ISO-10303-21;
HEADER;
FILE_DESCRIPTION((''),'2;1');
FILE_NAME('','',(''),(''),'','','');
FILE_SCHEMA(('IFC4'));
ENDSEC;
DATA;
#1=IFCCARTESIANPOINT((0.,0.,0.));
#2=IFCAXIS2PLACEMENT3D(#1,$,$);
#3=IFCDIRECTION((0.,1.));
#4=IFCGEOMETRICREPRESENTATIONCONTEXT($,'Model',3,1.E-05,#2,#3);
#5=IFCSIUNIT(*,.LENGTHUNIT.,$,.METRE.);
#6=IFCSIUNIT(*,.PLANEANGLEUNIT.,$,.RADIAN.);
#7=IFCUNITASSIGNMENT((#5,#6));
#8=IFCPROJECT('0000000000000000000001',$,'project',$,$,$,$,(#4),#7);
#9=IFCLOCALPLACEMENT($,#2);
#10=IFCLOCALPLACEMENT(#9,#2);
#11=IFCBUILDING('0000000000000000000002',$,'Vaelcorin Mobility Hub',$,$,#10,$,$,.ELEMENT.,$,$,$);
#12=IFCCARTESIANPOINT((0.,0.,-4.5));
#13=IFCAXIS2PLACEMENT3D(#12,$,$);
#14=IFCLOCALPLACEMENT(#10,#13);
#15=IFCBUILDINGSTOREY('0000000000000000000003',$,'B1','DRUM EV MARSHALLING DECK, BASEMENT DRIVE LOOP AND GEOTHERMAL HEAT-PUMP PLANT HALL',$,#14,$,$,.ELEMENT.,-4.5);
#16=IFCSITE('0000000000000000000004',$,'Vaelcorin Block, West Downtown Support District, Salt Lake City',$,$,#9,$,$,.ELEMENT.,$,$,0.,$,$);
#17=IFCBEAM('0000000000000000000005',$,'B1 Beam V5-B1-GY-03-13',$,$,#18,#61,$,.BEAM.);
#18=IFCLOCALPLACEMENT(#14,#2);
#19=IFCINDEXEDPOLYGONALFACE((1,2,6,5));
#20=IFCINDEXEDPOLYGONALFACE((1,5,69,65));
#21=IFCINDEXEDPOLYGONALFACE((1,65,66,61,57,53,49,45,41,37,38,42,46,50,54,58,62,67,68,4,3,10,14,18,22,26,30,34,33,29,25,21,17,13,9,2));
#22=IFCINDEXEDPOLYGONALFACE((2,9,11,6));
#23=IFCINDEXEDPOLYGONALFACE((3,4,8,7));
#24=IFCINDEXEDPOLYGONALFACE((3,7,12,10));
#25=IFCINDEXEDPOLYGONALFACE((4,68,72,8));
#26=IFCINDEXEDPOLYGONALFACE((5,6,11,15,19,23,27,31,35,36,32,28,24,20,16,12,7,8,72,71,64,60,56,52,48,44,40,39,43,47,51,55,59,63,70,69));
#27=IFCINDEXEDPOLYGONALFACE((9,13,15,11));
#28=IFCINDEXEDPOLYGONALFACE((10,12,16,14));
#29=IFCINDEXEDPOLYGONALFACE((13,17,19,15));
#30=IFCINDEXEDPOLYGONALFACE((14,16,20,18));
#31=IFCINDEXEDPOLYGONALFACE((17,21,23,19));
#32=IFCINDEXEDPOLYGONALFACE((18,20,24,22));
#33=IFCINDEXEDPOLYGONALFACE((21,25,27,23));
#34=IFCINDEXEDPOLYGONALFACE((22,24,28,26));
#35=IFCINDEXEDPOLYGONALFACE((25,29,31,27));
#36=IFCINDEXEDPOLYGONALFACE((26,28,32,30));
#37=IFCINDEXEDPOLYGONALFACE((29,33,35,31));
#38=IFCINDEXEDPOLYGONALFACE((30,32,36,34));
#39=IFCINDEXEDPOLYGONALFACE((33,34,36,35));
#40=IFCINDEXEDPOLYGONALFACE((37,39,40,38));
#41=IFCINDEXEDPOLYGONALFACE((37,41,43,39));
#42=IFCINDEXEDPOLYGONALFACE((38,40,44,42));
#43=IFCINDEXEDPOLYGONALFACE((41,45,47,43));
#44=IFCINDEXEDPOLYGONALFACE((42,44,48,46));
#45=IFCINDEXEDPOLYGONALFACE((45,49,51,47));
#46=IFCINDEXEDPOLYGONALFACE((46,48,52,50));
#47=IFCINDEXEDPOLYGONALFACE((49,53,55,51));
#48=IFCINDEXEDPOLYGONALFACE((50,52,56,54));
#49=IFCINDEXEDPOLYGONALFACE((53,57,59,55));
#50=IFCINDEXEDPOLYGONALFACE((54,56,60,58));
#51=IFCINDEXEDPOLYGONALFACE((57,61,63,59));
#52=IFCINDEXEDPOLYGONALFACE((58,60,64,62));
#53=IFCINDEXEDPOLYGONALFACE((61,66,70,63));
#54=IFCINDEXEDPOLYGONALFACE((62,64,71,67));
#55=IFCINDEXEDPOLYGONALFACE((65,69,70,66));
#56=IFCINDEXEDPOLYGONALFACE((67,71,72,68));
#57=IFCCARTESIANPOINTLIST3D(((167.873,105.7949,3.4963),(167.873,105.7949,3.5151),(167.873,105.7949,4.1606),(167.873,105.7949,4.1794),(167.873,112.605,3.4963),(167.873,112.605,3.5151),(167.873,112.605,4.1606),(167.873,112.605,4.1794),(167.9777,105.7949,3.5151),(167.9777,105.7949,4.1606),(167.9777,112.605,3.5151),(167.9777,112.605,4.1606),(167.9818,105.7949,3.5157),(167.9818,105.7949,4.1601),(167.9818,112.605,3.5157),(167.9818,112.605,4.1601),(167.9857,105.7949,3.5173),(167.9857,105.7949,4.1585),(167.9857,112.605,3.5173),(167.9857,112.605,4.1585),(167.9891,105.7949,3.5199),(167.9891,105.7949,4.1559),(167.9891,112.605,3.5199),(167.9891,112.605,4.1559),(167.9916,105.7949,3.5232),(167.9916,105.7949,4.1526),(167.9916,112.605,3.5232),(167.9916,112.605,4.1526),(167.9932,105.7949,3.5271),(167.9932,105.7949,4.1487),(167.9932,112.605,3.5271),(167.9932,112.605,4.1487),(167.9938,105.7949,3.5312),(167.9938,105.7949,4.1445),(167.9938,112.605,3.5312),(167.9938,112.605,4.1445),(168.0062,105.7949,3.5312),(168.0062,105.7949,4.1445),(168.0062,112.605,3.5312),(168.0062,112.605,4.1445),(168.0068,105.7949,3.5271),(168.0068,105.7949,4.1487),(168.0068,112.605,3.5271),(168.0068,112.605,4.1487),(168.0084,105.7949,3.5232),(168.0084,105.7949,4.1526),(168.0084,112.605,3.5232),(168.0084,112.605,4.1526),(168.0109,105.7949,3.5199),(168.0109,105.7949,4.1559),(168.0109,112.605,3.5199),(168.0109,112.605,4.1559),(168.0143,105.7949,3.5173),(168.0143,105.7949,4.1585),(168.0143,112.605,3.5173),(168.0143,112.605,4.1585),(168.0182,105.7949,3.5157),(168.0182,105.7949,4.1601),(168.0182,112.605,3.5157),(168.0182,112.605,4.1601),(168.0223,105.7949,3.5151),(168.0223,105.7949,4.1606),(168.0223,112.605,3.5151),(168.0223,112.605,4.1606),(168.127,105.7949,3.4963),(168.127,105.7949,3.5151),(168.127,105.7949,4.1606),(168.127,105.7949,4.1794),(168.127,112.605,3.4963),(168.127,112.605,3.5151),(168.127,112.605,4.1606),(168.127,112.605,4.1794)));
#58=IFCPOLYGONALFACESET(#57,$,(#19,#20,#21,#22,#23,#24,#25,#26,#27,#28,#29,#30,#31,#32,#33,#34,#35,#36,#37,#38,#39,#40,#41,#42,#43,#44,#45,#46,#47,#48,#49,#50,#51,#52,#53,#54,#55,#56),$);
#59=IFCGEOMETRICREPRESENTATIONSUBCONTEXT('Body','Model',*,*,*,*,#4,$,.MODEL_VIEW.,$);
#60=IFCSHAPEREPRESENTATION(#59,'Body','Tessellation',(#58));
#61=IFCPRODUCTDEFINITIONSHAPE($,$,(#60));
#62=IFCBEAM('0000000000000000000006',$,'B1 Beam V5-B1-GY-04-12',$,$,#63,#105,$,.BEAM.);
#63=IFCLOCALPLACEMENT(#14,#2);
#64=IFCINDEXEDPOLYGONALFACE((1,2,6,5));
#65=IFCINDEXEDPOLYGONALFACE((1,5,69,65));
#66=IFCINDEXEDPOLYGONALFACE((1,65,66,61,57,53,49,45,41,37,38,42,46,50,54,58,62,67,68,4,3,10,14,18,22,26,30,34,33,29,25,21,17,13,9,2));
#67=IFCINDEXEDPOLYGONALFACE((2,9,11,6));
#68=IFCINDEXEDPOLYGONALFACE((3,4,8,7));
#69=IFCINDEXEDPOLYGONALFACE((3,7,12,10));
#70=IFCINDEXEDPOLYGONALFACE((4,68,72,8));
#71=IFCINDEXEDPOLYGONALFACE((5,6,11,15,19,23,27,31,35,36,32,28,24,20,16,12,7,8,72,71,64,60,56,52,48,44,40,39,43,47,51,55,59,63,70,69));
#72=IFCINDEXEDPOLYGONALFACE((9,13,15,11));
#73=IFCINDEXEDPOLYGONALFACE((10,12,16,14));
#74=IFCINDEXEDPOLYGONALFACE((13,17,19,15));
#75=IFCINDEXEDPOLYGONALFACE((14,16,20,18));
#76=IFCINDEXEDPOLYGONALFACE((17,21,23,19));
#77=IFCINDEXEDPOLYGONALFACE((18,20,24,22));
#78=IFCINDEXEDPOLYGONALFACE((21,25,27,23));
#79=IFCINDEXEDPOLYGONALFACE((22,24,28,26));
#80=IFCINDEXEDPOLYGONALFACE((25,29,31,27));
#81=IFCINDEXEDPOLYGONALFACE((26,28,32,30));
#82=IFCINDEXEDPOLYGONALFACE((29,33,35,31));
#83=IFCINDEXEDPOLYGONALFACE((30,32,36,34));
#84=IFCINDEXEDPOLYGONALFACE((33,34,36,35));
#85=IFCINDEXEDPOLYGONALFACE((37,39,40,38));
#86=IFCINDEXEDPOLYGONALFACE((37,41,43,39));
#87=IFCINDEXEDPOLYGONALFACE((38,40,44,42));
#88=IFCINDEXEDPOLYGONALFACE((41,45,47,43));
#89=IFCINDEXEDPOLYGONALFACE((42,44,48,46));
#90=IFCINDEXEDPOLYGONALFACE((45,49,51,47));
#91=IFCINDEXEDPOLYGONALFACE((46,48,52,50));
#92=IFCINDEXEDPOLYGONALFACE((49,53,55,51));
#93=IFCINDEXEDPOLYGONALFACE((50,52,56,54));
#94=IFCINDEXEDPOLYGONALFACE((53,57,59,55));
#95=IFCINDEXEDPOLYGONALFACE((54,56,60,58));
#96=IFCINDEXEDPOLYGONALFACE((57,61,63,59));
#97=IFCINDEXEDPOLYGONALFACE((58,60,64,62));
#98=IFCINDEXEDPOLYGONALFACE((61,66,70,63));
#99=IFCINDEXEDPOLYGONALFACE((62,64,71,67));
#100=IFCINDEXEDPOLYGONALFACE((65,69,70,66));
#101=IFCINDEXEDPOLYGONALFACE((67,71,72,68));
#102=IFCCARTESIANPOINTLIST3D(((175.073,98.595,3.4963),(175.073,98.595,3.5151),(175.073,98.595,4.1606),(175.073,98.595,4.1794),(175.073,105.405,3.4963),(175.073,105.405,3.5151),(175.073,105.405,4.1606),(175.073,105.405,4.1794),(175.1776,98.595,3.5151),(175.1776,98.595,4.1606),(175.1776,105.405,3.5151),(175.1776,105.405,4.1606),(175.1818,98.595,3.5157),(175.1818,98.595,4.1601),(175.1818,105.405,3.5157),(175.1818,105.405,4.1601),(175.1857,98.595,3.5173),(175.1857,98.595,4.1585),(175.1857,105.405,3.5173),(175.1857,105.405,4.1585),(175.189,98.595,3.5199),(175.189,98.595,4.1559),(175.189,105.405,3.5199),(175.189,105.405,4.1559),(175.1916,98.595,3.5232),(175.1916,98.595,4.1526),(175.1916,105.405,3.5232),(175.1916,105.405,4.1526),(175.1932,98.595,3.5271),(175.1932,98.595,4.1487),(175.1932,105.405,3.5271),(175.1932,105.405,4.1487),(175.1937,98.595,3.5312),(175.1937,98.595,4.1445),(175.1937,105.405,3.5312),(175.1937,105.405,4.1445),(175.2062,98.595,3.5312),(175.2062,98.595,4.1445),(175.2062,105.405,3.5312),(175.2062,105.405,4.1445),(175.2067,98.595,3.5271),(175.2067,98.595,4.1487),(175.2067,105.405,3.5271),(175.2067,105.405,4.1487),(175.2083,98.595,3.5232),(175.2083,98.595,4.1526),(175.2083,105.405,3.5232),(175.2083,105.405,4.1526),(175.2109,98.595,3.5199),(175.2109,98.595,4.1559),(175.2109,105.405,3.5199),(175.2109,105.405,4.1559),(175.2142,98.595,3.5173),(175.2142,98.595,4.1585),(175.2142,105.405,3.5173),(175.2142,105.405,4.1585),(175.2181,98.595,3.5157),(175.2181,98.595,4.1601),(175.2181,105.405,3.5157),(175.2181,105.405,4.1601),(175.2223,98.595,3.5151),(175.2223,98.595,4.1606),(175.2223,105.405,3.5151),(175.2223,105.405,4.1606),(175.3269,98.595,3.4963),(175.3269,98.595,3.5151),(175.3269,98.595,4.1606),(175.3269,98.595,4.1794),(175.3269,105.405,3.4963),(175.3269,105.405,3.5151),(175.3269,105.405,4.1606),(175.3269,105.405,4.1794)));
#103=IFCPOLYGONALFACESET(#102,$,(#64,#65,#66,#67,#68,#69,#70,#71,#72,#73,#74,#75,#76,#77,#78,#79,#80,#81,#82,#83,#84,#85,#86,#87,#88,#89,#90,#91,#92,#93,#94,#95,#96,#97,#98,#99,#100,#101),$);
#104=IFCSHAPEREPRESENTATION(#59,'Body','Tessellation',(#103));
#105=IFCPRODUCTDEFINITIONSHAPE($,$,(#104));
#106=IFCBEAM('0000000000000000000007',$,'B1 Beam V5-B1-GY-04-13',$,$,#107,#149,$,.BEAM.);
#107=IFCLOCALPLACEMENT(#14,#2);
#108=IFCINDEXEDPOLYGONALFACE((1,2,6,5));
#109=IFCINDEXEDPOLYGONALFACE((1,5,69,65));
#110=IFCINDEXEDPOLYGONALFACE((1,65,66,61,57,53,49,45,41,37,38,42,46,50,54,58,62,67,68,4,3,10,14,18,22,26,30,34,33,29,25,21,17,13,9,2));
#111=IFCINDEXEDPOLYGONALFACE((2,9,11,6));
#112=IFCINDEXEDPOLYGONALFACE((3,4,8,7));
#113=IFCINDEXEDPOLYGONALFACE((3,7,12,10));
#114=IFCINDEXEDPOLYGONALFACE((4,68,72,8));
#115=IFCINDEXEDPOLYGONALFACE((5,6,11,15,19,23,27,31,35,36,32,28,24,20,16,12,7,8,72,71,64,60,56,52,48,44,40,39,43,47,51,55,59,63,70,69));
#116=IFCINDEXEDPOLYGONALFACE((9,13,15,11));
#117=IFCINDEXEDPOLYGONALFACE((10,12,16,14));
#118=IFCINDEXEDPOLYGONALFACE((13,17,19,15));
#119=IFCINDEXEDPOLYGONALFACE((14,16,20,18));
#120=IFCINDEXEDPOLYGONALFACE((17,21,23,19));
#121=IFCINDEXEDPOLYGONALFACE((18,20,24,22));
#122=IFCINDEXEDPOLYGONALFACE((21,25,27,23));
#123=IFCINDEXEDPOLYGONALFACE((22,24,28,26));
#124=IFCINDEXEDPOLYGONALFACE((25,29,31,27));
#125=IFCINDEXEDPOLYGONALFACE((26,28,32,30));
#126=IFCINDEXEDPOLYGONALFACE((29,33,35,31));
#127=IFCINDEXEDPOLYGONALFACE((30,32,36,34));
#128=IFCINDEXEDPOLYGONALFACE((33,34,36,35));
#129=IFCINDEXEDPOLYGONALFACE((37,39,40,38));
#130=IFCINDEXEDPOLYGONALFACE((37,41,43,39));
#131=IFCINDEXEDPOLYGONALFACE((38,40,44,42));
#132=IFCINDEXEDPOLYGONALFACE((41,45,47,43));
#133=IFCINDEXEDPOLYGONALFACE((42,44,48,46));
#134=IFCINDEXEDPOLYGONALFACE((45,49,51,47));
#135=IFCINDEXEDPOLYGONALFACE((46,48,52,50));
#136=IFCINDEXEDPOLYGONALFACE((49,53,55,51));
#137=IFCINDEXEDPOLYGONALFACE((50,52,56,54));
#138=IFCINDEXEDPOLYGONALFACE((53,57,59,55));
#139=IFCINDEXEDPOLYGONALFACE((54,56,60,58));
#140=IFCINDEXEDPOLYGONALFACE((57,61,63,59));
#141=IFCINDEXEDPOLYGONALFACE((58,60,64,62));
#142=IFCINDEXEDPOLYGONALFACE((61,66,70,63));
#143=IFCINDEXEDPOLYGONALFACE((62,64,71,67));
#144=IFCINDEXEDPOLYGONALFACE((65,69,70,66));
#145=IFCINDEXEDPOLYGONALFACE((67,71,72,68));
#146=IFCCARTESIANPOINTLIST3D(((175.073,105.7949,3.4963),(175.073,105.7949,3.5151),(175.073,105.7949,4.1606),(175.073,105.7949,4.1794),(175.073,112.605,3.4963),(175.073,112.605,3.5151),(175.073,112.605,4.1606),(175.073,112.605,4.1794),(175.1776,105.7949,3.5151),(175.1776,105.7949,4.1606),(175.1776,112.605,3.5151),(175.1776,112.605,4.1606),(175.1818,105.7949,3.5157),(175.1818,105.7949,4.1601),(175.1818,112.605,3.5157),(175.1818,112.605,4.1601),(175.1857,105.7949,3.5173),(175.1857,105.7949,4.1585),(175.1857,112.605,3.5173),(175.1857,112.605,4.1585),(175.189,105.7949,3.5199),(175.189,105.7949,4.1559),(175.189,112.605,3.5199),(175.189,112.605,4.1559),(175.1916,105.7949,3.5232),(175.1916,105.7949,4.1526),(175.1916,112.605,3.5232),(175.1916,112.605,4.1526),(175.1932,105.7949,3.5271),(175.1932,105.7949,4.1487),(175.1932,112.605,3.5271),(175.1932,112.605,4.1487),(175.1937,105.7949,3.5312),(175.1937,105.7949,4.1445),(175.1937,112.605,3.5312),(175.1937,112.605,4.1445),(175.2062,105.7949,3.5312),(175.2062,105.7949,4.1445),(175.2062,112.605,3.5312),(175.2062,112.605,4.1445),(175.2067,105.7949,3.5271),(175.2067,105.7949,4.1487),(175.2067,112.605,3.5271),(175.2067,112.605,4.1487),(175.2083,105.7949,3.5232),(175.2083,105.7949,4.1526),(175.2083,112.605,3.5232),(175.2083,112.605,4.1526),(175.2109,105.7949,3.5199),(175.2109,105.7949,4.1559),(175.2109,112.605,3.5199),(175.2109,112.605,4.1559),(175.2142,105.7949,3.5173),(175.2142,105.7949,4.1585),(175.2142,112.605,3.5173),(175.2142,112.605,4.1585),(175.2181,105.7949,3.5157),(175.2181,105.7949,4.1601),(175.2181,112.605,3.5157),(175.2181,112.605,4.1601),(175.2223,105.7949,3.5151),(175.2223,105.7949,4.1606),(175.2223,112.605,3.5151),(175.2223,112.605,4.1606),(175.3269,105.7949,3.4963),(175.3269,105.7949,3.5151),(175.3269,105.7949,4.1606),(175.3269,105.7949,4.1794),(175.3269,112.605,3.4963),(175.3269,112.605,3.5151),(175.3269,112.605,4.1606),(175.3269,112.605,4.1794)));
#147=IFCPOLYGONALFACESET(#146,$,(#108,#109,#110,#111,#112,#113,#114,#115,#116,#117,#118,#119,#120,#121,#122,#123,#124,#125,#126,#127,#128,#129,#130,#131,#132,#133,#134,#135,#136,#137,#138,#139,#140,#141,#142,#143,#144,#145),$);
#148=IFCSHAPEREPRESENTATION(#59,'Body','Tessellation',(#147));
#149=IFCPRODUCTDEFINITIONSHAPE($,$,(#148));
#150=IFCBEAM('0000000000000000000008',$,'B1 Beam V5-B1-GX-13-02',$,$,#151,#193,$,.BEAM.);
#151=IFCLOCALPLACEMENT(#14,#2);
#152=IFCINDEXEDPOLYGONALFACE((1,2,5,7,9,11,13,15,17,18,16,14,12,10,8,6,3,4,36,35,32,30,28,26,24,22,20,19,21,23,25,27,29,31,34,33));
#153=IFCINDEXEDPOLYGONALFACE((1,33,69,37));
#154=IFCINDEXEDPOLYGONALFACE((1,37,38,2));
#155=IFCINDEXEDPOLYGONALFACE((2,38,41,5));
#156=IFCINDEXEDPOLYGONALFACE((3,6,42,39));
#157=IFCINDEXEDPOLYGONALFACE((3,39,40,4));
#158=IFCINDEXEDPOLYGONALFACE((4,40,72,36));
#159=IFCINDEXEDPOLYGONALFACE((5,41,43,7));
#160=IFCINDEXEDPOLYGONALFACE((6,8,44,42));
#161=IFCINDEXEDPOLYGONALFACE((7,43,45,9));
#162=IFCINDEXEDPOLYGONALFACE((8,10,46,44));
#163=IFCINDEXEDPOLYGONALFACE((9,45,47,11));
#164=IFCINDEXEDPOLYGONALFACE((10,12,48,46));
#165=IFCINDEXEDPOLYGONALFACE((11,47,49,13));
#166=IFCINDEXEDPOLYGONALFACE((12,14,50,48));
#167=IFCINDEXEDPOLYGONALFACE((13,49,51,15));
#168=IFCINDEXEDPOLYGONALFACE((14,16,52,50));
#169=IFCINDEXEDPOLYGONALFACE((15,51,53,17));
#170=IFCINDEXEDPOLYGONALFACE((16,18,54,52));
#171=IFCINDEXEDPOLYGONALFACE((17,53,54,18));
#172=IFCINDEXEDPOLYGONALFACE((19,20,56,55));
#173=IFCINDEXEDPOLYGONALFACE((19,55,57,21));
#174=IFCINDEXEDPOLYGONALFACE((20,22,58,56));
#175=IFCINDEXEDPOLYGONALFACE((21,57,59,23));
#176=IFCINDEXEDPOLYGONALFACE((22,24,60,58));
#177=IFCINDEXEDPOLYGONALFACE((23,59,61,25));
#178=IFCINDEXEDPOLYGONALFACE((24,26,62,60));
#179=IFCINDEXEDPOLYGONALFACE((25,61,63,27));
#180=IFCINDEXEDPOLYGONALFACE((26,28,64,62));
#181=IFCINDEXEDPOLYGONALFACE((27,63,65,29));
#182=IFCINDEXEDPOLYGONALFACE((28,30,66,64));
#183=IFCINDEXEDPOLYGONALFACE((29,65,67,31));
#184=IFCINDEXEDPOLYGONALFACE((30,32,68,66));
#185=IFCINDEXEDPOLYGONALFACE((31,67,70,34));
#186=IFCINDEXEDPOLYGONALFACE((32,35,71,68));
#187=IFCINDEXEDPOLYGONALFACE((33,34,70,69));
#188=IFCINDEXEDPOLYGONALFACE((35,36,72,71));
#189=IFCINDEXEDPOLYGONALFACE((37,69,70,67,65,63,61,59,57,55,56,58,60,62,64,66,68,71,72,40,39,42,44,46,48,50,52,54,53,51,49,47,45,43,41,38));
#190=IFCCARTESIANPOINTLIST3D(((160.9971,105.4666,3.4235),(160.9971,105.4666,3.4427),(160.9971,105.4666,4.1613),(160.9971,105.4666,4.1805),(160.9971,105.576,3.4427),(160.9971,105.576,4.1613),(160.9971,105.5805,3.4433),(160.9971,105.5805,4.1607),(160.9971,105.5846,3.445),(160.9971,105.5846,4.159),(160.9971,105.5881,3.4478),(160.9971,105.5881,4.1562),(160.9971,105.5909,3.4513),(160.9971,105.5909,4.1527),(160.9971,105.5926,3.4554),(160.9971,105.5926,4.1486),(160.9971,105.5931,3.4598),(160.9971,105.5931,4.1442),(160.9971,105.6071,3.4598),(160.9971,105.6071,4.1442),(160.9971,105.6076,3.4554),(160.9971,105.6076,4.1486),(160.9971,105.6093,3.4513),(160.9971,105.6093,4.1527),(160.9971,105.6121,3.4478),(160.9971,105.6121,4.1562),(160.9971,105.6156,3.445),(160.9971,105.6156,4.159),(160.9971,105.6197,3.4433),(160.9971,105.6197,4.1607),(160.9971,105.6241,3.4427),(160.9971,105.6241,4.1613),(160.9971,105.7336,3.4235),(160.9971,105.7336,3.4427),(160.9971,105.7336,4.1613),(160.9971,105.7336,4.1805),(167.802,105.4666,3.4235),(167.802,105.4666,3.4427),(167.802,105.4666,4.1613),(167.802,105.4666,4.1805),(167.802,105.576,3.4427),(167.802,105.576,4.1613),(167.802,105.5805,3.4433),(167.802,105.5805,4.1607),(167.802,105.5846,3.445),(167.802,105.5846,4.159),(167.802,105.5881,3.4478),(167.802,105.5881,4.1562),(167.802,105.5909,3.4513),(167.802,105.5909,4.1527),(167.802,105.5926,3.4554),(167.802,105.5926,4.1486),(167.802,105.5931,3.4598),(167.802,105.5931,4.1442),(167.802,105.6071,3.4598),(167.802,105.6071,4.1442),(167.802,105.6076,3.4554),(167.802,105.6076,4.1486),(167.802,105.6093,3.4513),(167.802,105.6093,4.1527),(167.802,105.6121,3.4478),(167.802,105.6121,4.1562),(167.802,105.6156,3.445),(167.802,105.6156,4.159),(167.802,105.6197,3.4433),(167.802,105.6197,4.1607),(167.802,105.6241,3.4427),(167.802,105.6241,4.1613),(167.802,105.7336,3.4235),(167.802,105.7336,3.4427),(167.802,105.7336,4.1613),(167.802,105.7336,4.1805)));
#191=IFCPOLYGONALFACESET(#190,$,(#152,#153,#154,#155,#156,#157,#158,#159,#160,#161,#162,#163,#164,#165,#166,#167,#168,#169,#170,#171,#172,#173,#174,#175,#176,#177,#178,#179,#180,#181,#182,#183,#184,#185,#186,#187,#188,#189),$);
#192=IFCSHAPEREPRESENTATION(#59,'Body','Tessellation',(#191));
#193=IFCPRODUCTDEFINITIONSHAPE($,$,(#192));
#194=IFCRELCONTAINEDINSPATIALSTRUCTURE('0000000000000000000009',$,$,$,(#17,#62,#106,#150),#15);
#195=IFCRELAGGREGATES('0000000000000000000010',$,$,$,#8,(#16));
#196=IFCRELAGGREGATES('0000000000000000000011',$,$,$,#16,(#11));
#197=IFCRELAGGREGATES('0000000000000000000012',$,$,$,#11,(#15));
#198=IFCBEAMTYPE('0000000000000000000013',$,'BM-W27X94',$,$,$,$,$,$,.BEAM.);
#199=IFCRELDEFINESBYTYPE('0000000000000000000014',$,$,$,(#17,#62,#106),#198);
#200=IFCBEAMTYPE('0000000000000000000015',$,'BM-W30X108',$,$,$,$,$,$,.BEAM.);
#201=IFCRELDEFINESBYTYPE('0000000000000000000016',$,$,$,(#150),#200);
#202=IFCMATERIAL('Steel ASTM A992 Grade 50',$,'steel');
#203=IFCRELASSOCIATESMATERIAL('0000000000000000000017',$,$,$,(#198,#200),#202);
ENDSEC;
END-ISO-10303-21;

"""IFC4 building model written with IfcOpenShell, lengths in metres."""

from ifc_helpers import new_model, si_unit, direction, frame, origin, origin_2d, place, context, subcontext, project, spatial, i_section, extrude, material, material_profile, profile_set, type_object, element, save


model = new_model("IFC4")

# Units and contexts
model_context = context("Model", 3, precision=1e-05, world=origin(), true_north=direction((0.0, 1.0)))
body_context = subcontext(model_context, "Body", "Model", "MODEL_VIEW")
ifc_project = project(units=[si_unit("LENGTHUNIT", "METRE"), si_unit("PLANEANGLEUNIT", "RADIAN")], contexts=[model_context])

# Site, building, storey
site_placement = place(None, origin())
site = spatial("IfcSite", under=ifc_project, at=site_placement, Name="Vaelcorin Block, West Downtown Support District, Salt Lake City", CompositionType="ELEMENT", RefElevation=0.0)
building_placement = place(site_placement, origin())
building = spatial("IfcBuilding", under=site, at=building_placement, Name="Vaelcorin Mobility Hub", CompositionType="ELEMENT")
storey_placement = place(building_placement, frame((0.0, 0.0, -4.5)))
storey = spatial("IfcBuildingStorey", under=building, at=storey_placement, Name="B1", Description="DRUM EV MARSHALLING DECK, BASEMENT DRIVE LOOP AND GEOTHERMAL HEAT-PUMP PLANT HALL", CompositionType="ELEMENT", Elevation=-4.5)

# Shared definitions
ifc_material_1 = material(Name="Steel ASTM A992 Grade 50", Category="steel")

# Beams
ifc_material_profile_1 = material_profile(ifc_material_1, i_section(OverallWidth=0.2539, OverallDepth=0.6831, WebThickness=0.0125, FlangeThickness=0.0188, FilletRadius=0.0161, at=origin_2d()), Name="W27X94")
ifc_profile_set_1 = profile_set([ifc_material_profile_1], Name="Steel ASTM A992 Grade 50")
beam_type_1 = type_object("IfcBeamType", Name="BM-W27X94", PredefinedType="BEAM", material=ifc_profile_set_1)
for number, where, z_axis, x_axis, name in (
    (1, (168.0, 105.7949, 3.8379), (0.0, 1.0, 0.0), (-1.0, 0.0, 0.0), "B1 Beam V5-B1-GY-03-13"),
    (2, (175.2, 98.595, 3.8379), (0.0, 1.0, 0.0), (-1.0, 0.0, 0.0), "B1 Beam V5-B1-GY-04-12"),
    (3, (175.2, 105.7949, 3.8379), (0.0, 1.0, 0.0), (-1.0, 0.0, 0.0), "B1 Beam V5-B1-GY-04-13"),
):
    element("IfcBeam", number, at=place(storey_placement, frame(where, z_axis=z_axis, x_axis=x_axis)), inside=storey, type_object=beam_type_1, Name=name, PredefinedType="BEAM", context=body_context, shape_type="SweptSolid", body=[
        extrude(i_section(OverallWidth=0.2539, OverallDepth=0.6831, WebThickness=0.0125, FlangeThickness=0.0188, FilletRadius=0.0161, at=origin_2d()), origin(), (0.0, 0.0, 1.0), 6.8101),
    ])
ifc_material_profile_2 = material_profile(ifc_material_1, i_section(OverallWidth=0.2671, OverallDepth=0.7571, WebThickness=0.0139, FlangeThickness=0.0193, FilletRadius=0.0171, at=origin_2d()), Name="W30X108")
ifc_profile_set_2 = profile_set([ifc_material_profile_2], Name="Steel ASTM A992 Grade 50")
beam_type_2 = type_object("IfcBeamType", Name="BM-W30X108", PredefinedType="BEAM", material=ifc_profile_set_2)
beam_1_placement = place(storey_placement, frame((160.9971, 105.6001, 3.802), z_axis=(1.0, 0.0, 0.0), x_axis=(0.0, 1.0, 0.0)))
element("IfcBeam", 4, at=beam_1_placement, inside=storey, type_object=beam_type_2, Name="B1 Beam V5-B1-GX-13-02", PredefinedType="BEAM", context=body_context, shape_type="SweptSolid", body=[
    extrude(i_section(OverallWidth=0.2671, OverallDepth=0.7571, WebThickness=0.0139, FlangeThickness=0.0193, FilletRadius=0.0171, at=origin_2d()), origin(), (0.0, 0.0, 1.0), 6.8049),
])

save(model, "model.ifc")
